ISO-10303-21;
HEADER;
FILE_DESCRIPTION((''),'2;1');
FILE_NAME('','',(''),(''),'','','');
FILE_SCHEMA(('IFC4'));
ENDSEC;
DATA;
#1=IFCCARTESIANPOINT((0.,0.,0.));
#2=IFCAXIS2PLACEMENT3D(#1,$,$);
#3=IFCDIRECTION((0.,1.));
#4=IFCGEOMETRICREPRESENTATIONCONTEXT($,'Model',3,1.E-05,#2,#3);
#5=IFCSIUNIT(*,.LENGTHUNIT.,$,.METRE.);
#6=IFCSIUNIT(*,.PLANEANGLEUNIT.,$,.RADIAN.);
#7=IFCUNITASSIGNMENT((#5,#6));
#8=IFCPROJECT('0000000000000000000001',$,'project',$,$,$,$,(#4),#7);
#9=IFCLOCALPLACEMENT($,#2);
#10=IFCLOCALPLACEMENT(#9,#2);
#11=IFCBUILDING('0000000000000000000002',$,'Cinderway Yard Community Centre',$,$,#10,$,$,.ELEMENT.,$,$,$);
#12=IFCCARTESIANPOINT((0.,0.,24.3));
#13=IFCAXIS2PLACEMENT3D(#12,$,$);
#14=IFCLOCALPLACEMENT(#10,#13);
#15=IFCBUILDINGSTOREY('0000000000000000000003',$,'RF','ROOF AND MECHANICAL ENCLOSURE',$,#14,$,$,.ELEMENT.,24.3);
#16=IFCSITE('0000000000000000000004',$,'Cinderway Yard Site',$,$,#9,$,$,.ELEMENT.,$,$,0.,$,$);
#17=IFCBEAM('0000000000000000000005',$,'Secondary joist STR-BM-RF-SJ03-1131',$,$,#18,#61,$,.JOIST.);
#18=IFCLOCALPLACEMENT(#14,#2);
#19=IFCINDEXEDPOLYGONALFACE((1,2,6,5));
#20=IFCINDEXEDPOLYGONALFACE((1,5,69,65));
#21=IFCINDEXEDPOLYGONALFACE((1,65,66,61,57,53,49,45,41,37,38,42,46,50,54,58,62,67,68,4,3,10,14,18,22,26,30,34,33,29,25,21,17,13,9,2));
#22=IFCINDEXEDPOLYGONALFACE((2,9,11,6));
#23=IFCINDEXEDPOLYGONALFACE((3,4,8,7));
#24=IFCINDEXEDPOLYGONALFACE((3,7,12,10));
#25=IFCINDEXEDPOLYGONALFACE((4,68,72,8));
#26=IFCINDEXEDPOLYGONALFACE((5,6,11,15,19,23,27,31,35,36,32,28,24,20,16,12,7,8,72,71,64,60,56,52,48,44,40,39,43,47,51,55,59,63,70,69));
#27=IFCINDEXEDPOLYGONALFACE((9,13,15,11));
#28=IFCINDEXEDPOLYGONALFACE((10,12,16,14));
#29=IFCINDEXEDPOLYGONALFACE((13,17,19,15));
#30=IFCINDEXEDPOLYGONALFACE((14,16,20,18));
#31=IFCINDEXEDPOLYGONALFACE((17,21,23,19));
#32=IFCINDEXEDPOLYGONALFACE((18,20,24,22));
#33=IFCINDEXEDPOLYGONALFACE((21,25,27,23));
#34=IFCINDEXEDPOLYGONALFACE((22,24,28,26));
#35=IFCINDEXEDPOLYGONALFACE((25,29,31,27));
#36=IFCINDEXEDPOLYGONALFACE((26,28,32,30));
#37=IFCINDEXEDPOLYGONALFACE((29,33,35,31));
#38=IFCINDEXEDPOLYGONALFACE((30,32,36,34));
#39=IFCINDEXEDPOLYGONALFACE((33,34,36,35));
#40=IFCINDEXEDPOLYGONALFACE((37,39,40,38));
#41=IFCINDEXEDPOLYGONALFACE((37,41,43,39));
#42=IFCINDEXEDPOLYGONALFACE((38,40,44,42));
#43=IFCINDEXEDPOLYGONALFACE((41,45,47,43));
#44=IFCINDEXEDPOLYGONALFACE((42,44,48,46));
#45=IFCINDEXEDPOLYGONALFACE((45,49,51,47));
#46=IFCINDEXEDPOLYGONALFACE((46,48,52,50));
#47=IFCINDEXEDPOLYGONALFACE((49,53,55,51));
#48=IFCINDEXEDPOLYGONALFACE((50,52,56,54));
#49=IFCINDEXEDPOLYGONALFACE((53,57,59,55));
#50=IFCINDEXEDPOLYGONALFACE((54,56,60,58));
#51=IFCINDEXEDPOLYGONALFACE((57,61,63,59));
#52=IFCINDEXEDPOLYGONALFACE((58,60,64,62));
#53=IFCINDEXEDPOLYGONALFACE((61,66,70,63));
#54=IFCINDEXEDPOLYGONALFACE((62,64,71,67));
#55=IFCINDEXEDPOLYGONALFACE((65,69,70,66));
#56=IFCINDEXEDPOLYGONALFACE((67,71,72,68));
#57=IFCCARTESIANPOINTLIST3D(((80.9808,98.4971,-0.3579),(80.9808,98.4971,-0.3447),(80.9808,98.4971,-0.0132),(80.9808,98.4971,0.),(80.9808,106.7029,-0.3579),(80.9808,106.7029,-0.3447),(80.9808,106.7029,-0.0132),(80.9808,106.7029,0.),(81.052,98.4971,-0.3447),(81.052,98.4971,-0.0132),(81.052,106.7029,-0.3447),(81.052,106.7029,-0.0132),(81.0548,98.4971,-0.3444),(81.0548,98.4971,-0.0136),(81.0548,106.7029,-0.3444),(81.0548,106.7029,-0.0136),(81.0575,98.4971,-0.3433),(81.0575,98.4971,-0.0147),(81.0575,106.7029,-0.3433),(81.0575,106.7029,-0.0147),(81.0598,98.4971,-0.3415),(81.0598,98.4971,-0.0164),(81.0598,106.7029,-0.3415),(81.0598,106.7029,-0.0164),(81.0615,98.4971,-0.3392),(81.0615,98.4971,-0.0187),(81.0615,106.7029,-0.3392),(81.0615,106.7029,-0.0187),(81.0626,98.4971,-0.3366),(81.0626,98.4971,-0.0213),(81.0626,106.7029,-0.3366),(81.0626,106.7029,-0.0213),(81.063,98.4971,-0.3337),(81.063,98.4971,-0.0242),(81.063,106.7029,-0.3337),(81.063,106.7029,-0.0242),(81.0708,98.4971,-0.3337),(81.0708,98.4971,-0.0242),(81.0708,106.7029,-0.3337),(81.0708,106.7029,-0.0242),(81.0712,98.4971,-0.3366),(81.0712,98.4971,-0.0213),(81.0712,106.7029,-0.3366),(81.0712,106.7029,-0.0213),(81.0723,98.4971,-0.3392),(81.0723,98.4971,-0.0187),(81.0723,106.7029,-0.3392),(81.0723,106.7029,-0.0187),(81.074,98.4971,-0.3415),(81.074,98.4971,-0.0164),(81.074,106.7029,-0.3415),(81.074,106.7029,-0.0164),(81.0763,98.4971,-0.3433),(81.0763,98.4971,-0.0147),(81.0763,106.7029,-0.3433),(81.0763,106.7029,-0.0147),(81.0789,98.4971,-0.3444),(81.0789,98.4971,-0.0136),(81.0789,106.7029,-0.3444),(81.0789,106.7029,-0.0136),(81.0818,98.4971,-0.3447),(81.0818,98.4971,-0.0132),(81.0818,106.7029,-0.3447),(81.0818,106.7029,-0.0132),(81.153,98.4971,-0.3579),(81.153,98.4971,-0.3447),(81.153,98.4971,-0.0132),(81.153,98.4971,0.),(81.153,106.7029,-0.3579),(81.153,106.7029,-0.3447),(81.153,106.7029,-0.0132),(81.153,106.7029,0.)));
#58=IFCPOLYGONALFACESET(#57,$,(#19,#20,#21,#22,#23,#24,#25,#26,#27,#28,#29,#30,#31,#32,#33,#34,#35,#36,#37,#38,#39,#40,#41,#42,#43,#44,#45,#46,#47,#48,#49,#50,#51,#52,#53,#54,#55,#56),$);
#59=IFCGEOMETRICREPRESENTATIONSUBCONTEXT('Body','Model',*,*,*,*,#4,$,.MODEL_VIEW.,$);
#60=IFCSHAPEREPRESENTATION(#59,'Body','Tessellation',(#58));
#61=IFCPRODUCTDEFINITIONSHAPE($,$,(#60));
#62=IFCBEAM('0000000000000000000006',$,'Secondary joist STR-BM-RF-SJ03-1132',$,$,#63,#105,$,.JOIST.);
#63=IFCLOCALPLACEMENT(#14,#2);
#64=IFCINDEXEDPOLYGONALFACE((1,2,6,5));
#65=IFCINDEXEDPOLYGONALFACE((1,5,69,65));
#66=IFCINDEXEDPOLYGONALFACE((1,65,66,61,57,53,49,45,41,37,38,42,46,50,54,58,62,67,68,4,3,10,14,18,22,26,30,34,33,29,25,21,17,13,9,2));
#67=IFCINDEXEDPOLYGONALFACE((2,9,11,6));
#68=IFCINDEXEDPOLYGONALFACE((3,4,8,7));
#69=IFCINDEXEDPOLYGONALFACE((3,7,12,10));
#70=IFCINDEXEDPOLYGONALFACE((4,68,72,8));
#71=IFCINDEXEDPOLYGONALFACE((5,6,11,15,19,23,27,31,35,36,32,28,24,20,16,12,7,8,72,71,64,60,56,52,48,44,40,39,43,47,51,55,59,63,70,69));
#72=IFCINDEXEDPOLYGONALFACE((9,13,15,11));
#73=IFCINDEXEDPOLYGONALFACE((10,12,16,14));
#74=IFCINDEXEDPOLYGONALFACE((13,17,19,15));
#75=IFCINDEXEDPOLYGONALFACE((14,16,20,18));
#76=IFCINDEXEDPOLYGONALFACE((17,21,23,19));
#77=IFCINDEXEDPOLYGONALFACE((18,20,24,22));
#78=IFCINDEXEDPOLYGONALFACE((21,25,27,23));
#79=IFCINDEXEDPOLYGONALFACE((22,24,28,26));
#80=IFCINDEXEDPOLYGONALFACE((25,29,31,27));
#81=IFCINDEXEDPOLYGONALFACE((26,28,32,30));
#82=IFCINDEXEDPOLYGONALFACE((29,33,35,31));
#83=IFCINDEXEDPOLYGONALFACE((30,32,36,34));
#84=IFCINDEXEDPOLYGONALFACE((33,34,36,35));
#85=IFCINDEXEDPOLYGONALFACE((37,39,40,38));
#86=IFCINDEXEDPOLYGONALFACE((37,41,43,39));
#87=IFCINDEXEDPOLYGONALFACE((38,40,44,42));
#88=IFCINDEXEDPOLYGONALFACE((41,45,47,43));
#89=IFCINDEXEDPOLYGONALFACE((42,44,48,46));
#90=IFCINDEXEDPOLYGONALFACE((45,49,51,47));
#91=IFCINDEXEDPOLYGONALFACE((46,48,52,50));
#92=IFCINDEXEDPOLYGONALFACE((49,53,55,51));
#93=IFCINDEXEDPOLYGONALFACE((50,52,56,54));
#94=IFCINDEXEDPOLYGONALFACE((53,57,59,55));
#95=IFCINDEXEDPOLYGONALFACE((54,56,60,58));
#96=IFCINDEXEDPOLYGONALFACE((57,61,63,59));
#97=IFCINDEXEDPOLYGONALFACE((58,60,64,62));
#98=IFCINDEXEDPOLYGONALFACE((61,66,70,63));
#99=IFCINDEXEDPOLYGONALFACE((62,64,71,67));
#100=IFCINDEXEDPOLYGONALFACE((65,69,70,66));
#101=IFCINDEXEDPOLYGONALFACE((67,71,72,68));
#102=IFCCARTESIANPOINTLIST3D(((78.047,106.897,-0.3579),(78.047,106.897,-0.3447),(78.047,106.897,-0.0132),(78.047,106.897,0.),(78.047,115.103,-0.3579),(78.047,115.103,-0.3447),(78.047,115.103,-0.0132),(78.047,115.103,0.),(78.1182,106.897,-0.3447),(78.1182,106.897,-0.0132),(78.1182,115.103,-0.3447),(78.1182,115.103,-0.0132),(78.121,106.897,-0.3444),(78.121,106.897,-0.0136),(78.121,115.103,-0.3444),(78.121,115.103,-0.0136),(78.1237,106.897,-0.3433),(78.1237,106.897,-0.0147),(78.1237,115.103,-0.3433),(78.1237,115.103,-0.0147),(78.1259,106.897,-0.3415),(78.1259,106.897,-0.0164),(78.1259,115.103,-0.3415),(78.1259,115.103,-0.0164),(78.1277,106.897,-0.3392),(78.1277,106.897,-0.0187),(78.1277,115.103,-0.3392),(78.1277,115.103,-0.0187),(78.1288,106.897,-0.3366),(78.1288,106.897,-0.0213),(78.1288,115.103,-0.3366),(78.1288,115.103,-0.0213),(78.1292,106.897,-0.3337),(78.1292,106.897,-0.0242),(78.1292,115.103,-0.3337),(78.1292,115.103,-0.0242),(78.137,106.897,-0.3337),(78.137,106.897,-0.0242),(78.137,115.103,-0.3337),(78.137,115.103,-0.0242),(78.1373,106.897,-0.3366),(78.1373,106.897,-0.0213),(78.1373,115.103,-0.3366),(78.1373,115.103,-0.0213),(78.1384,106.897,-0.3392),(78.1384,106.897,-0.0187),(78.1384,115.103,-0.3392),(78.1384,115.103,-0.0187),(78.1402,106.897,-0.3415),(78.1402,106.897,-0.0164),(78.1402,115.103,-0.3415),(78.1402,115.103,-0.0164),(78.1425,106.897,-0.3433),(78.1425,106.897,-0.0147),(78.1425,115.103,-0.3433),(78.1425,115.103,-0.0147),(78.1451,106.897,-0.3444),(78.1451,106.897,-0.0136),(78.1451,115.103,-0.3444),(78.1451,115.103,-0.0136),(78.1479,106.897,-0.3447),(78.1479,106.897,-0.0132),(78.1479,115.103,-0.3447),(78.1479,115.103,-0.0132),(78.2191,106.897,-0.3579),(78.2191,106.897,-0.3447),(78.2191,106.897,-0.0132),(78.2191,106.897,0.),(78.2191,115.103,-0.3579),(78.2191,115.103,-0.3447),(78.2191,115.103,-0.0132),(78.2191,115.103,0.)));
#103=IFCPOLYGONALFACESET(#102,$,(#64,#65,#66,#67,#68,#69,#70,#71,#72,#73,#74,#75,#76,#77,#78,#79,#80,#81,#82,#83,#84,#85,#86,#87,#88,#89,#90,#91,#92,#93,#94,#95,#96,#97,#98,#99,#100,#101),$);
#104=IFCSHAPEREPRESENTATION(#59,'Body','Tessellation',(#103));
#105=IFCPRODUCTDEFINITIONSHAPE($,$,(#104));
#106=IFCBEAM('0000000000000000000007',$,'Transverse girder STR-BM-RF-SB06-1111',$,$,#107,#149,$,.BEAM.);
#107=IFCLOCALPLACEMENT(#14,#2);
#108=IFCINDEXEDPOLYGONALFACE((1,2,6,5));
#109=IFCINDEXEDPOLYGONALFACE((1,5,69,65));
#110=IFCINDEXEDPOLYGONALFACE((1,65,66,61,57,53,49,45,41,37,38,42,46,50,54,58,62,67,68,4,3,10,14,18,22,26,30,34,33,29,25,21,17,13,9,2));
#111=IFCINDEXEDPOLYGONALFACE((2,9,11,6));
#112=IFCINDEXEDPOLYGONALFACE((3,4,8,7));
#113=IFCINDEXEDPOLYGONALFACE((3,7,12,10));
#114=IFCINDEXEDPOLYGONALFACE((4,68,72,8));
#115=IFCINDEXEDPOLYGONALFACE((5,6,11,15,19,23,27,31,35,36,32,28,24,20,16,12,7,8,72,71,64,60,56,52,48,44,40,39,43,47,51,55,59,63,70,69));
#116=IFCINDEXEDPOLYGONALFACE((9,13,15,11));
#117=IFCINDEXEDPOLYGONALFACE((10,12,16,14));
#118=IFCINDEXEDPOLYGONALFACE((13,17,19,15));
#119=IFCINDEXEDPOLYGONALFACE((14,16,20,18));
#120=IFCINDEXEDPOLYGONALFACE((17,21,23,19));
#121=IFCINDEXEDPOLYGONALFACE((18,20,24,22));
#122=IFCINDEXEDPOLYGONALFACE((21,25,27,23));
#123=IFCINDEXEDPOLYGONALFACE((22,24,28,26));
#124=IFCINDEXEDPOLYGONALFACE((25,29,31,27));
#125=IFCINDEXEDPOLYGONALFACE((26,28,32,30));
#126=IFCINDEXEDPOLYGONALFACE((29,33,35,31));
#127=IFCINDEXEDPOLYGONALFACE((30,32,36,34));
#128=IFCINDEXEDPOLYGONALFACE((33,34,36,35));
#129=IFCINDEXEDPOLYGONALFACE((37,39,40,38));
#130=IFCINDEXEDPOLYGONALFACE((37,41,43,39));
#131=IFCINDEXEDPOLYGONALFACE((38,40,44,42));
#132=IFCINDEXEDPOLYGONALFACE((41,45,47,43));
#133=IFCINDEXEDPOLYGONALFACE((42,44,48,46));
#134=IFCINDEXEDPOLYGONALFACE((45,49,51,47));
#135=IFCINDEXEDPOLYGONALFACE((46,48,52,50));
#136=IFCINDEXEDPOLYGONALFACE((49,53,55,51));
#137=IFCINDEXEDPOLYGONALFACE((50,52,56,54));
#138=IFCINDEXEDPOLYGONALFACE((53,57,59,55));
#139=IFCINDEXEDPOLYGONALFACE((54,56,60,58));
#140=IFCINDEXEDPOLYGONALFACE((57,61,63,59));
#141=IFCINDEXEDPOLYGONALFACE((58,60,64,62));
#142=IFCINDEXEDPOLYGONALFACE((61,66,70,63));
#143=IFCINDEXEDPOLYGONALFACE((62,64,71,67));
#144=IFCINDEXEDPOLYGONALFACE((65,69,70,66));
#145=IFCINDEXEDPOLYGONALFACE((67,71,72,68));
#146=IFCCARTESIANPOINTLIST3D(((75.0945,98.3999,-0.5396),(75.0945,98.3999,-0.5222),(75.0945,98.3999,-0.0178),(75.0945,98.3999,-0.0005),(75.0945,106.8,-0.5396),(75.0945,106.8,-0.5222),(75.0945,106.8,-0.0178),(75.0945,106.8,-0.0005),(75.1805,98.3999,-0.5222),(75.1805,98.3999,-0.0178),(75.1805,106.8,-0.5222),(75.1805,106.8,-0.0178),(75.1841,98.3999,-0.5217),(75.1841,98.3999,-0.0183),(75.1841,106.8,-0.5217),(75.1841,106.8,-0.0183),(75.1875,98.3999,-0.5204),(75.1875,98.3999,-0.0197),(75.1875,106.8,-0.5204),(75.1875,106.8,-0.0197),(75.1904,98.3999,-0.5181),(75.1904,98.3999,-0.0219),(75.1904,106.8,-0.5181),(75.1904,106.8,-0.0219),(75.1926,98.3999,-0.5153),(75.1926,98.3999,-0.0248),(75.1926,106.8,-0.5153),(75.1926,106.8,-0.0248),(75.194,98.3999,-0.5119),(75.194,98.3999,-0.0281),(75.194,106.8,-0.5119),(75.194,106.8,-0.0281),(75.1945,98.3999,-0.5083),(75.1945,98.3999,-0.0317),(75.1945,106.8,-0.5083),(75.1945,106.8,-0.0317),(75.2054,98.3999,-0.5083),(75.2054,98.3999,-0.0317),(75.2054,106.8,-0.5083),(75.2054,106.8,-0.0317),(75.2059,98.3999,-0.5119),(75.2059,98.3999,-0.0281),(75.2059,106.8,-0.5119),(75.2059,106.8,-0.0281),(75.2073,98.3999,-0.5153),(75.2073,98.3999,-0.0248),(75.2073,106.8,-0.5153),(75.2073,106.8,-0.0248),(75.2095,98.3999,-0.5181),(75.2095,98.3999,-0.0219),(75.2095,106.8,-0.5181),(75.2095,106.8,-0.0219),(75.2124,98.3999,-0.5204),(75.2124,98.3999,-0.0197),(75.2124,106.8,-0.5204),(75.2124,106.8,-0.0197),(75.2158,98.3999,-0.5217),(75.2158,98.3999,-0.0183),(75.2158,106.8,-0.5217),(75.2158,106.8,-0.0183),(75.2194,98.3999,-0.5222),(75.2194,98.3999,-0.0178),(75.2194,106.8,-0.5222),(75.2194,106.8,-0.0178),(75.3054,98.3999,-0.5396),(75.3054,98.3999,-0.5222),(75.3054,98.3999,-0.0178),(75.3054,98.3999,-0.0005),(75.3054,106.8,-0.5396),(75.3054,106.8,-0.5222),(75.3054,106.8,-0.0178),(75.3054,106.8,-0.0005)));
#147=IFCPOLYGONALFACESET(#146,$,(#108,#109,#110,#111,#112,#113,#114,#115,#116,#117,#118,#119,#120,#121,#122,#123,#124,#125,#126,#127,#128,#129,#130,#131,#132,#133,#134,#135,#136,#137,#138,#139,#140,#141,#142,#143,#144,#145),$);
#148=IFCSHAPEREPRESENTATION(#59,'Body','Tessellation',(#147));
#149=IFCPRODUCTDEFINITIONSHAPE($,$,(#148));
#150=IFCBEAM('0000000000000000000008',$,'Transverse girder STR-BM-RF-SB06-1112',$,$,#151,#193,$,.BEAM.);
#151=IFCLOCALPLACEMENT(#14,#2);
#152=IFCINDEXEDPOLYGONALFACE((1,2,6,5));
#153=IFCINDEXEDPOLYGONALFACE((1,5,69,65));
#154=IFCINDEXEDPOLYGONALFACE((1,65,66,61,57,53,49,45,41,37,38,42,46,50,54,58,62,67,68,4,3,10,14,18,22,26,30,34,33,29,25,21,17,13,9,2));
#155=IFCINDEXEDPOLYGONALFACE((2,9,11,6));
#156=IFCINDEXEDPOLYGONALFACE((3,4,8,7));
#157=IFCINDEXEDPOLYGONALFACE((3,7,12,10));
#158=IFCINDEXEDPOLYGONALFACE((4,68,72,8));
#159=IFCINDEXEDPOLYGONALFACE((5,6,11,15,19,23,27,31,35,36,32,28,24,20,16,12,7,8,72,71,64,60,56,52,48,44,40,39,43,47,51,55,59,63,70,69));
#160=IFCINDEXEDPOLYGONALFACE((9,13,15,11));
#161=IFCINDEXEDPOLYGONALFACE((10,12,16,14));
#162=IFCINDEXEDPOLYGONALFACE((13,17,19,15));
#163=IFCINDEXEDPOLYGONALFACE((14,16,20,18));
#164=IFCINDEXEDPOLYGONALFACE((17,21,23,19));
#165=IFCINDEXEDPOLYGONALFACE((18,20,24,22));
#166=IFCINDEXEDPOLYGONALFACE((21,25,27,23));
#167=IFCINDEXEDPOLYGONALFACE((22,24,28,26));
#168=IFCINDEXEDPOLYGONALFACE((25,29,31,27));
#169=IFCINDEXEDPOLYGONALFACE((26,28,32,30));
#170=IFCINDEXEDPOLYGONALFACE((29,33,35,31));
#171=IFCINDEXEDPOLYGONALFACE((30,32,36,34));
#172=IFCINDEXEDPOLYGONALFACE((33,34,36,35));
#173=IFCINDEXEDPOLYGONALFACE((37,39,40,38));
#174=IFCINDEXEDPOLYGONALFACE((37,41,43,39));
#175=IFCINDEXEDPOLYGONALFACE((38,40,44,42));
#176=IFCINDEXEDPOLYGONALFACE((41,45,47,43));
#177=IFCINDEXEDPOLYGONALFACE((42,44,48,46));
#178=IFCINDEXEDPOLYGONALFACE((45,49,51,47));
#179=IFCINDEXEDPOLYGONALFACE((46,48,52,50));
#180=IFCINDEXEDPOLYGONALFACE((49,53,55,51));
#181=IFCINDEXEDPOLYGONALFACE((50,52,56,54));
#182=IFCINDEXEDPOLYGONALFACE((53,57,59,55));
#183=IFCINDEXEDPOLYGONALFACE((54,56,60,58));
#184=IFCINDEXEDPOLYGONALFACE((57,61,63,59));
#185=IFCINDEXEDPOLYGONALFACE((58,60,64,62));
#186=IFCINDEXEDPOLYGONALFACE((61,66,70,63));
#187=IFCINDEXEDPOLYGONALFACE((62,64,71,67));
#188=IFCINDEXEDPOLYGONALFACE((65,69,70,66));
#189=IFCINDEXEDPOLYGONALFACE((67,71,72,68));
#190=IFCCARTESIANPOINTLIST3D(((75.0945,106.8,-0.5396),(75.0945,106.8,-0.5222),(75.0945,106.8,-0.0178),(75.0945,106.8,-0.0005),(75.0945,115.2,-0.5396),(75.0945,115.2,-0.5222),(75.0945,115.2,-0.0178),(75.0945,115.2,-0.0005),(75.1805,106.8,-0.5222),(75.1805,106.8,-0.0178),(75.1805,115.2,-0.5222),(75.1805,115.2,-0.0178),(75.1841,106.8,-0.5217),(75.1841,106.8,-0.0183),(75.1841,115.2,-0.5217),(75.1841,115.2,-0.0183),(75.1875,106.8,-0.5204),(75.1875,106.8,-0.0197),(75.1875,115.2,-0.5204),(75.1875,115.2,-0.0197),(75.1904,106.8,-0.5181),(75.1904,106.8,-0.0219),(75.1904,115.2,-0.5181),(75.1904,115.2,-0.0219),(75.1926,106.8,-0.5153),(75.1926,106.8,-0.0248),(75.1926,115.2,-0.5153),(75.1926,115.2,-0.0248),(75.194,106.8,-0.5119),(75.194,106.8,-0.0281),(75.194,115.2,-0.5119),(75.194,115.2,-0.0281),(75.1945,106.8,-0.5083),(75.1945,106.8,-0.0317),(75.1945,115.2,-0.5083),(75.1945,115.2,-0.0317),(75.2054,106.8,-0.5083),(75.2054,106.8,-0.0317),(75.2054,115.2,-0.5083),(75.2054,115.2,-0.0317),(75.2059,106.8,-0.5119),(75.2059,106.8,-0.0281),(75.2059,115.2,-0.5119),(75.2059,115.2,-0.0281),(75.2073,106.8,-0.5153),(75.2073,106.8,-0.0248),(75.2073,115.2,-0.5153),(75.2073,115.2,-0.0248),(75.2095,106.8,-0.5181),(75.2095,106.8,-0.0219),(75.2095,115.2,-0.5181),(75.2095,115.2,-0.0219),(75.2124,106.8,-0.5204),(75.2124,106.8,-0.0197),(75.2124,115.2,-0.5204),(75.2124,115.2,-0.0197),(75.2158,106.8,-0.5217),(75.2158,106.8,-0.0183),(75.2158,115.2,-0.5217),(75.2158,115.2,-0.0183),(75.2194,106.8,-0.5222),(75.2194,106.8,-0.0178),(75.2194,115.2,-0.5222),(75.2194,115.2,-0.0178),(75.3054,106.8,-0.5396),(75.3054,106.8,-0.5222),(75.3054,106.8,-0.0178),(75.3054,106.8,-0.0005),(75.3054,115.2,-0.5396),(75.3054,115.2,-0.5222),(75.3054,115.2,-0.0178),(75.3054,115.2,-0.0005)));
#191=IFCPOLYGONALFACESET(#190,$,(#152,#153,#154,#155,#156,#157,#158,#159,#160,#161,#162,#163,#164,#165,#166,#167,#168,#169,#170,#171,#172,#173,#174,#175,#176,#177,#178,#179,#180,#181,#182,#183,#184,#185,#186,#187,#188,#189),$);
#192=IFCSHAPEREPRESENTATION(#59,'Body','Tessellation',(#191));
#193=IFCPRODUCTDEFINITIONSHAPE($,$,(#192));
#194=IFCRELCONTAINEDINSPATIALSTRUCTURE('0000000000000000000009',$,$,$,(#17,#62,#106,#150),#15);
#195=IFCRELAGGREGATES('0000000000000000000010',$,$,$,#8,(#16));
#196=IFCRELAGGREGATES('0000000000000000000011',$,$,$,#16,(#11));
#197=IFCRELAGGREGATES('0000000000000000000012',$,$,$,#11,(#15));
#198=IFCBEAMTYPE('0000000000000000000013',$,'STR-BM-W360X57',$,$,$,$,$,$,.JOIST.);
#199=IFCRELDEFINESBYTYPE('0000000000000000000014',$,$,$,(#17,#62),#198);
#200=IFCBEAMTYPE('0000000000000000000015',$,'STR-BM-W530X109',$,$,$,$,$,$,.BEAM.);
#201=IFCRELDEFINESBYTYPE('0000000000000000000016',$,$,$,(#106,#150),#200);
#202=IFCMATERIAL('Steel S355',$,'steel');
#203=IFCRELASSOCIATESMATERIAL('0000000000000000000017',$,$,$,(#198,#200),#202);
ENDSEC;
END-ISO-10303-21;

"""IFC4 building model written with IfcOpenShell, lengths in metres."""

from ifc_helpers import new_model, si_unit, direction, frame, origin, origin_2d, place, context, subcontext, project, spatial, i_section, extrude, material, material_profile, profile_set, type_object, element, save


model = new_model("IFC4")

# Units and contexts
model_context = context("Model", 3, precision=1e-05, world=origin(), true_north=direction((0.0, 1.0)))
body_context = subcontext(model_context, "Body", "Model", "MODEL_VIEW")
ifc_project = project(units=[si_unit("LENGTHUNIT", "METRE"), si_unit("PLANEANGLEUNIT", "RADIAN")], contexts=[model_context])

# Site, building, storey
site_placement = place(None, origin())
site = spatial("IfcSite", under=ifc_project, at=site_placement, Name="Cinderway Yard Site", CompositionType="ELEMENT", RefElevation=0.0)
building_placement = place(site_placement, origin())
building = spatial("IfcBuilding", under=site, at=building_placement, Name="Cinderway Yard Community Centre", CompositionType="ELEMENT")
storey_placement = place(building_placement, frame((0.0, 0.0, 24.3)))
storey = spatial("IfcBuildingStorey", under=building, at=storey_placement, Name="RF", Description="ROOF AND MECHANICAL ENCLOSURE", CompositionType="ELEMENT", Elevation=24.3)

# Shared definitions
ifc_material = material(Name="Steel S355", Category="steel")

# Beams
ifc_material_profile_1 = material_profile(ifc_material, i_section(OverallWidth=0.1721, OverallDepth=0.3579, WebThickness=0.0078, FlangeThickness=0.0132, FilletRadius=0.011, at=origin_2d()), Name="Steel S355")
ifc_profile_set_1 = profile_set([ifc_material_profile_1], Name="Steel S355")
beam_type_1 = type_object("IfcBeamType", Name="STR-BM-W360X57", PredefinedType="JOIST", material=ifc_profile_set_1)
for number, where, z_axis, x_axis, name in (
    (1, (81.0669, 98.4971, -0.179), (0.0, 1.0, 0.0), (-1.0, 0.0, 0.0), "Secondary joist STR-BM-RF-SJ03-1131"),
):
    element("IfcBeam", number, at=place(storey_placement, frame(where, z_axis=z_axis, x_axis=x_axis)), inside=storey, type_object=beam_type_1, Name=name, PredefinedType="JOIST", context=body_context, shape_type="SweptSolid", body=[
        extrude(i_section(OverallWidth=0.1721, OverallDepth=0.3579, WebThickness=0.0078, FlangeThickness=0.0132, FilletRadius=0.011, at=origin_2d()), origin(), (0.0, 0.0, 1.0), 8.2058),
    ])
beam_1_placement = place(storey_placement, frame((78.1331, 106.897, -0.179), z_axis=(0.0, 1.0, 0.0), x_axis=(-1.0, 0.0, 0.0)))
element("IfcBeam", 2, at=beam_1_placement, inside=storey, type_object=beam_type_1, Name="Secondary joist STR-BM-RF-SJ03-1132", PredefinedType="JOIST", context=body_context, shape_type="SweptSolid", body=[
    extrude(i_section(OverallWidth=0.1721, OverallDepth=0.3579, WebThickness=0.0078, FlangeThickness=0.0132, FilletRadius=0.011, at=origin_2d()), origin(), (0.0, 0.0, 1.0), 8.2061),
])
ifc_material_profile_2 = material_profile(ifc_material, i_section(OverallWidth=0.2109, OverallDepth=0.5391, WebThickness=0.011, FlangeThickness=0.0173, FilletRadius=0.0139, at=origin_2d()), Name="Steel S355")
ifc_profile_set_2 = profile_set([ifc_material_profile_2], Name="Steel S355")
beam_type_2 = type_object("IfcBeamType", Name="STR-BM-W530X109", PredefinedType="BEAM", material=ifc_profile_set_2)
beam_2_placement = place(storey_placement, frame((75.2, 98.3999, -0.27), z_axis=(0.0, 1.0, 0.0), x_axis=(-1.0, 0.0, 0.0)))
element("IfcBeam", 3, at=beam_2_placement, inside=storey, type_object=beam_type_2, Name="Transverse girder STR-BM-RF-SB06-1111", PredefinedType="BEAM", context=body_context, shape_type="SweptSolid", body=[
    extrude(i_section(OverallWidth=0.2109, OverallDepth=0.5391, WebThickness=0.011, FlangeThickness=0.0173, FilletRadius=0.0139, at=origin_2d()), origin(), (0.0, 0.0, 1.0), 8.4001),
])
beam_3_placement = place(storey_placement, frame((75.2, 106.8, -0.27), z_axis=(0.0, 1.0, 0.0), x_axis=(-1.0, 0.0, 0.0)))
element("IfcBeam", 4, at=beam_3_placement, inside=storey, type_object=beam_type_2, Name="Transverse girder STR-BM-RF-SB06-1112", PredefinedType="BEAM", context=body_context, shape_type="SweptSolid", body=[
    extrude(i_section(OverallWidth=0.2109, OverallDepth=0.5391, WebThickness=0.011, FlangeThickness=0.0173, FilletRadius=0.0139, at=origin_2d()), origin(), (0.0, 0.0, 1.0), 8.3999),
])

save(model, "model.ifc")
